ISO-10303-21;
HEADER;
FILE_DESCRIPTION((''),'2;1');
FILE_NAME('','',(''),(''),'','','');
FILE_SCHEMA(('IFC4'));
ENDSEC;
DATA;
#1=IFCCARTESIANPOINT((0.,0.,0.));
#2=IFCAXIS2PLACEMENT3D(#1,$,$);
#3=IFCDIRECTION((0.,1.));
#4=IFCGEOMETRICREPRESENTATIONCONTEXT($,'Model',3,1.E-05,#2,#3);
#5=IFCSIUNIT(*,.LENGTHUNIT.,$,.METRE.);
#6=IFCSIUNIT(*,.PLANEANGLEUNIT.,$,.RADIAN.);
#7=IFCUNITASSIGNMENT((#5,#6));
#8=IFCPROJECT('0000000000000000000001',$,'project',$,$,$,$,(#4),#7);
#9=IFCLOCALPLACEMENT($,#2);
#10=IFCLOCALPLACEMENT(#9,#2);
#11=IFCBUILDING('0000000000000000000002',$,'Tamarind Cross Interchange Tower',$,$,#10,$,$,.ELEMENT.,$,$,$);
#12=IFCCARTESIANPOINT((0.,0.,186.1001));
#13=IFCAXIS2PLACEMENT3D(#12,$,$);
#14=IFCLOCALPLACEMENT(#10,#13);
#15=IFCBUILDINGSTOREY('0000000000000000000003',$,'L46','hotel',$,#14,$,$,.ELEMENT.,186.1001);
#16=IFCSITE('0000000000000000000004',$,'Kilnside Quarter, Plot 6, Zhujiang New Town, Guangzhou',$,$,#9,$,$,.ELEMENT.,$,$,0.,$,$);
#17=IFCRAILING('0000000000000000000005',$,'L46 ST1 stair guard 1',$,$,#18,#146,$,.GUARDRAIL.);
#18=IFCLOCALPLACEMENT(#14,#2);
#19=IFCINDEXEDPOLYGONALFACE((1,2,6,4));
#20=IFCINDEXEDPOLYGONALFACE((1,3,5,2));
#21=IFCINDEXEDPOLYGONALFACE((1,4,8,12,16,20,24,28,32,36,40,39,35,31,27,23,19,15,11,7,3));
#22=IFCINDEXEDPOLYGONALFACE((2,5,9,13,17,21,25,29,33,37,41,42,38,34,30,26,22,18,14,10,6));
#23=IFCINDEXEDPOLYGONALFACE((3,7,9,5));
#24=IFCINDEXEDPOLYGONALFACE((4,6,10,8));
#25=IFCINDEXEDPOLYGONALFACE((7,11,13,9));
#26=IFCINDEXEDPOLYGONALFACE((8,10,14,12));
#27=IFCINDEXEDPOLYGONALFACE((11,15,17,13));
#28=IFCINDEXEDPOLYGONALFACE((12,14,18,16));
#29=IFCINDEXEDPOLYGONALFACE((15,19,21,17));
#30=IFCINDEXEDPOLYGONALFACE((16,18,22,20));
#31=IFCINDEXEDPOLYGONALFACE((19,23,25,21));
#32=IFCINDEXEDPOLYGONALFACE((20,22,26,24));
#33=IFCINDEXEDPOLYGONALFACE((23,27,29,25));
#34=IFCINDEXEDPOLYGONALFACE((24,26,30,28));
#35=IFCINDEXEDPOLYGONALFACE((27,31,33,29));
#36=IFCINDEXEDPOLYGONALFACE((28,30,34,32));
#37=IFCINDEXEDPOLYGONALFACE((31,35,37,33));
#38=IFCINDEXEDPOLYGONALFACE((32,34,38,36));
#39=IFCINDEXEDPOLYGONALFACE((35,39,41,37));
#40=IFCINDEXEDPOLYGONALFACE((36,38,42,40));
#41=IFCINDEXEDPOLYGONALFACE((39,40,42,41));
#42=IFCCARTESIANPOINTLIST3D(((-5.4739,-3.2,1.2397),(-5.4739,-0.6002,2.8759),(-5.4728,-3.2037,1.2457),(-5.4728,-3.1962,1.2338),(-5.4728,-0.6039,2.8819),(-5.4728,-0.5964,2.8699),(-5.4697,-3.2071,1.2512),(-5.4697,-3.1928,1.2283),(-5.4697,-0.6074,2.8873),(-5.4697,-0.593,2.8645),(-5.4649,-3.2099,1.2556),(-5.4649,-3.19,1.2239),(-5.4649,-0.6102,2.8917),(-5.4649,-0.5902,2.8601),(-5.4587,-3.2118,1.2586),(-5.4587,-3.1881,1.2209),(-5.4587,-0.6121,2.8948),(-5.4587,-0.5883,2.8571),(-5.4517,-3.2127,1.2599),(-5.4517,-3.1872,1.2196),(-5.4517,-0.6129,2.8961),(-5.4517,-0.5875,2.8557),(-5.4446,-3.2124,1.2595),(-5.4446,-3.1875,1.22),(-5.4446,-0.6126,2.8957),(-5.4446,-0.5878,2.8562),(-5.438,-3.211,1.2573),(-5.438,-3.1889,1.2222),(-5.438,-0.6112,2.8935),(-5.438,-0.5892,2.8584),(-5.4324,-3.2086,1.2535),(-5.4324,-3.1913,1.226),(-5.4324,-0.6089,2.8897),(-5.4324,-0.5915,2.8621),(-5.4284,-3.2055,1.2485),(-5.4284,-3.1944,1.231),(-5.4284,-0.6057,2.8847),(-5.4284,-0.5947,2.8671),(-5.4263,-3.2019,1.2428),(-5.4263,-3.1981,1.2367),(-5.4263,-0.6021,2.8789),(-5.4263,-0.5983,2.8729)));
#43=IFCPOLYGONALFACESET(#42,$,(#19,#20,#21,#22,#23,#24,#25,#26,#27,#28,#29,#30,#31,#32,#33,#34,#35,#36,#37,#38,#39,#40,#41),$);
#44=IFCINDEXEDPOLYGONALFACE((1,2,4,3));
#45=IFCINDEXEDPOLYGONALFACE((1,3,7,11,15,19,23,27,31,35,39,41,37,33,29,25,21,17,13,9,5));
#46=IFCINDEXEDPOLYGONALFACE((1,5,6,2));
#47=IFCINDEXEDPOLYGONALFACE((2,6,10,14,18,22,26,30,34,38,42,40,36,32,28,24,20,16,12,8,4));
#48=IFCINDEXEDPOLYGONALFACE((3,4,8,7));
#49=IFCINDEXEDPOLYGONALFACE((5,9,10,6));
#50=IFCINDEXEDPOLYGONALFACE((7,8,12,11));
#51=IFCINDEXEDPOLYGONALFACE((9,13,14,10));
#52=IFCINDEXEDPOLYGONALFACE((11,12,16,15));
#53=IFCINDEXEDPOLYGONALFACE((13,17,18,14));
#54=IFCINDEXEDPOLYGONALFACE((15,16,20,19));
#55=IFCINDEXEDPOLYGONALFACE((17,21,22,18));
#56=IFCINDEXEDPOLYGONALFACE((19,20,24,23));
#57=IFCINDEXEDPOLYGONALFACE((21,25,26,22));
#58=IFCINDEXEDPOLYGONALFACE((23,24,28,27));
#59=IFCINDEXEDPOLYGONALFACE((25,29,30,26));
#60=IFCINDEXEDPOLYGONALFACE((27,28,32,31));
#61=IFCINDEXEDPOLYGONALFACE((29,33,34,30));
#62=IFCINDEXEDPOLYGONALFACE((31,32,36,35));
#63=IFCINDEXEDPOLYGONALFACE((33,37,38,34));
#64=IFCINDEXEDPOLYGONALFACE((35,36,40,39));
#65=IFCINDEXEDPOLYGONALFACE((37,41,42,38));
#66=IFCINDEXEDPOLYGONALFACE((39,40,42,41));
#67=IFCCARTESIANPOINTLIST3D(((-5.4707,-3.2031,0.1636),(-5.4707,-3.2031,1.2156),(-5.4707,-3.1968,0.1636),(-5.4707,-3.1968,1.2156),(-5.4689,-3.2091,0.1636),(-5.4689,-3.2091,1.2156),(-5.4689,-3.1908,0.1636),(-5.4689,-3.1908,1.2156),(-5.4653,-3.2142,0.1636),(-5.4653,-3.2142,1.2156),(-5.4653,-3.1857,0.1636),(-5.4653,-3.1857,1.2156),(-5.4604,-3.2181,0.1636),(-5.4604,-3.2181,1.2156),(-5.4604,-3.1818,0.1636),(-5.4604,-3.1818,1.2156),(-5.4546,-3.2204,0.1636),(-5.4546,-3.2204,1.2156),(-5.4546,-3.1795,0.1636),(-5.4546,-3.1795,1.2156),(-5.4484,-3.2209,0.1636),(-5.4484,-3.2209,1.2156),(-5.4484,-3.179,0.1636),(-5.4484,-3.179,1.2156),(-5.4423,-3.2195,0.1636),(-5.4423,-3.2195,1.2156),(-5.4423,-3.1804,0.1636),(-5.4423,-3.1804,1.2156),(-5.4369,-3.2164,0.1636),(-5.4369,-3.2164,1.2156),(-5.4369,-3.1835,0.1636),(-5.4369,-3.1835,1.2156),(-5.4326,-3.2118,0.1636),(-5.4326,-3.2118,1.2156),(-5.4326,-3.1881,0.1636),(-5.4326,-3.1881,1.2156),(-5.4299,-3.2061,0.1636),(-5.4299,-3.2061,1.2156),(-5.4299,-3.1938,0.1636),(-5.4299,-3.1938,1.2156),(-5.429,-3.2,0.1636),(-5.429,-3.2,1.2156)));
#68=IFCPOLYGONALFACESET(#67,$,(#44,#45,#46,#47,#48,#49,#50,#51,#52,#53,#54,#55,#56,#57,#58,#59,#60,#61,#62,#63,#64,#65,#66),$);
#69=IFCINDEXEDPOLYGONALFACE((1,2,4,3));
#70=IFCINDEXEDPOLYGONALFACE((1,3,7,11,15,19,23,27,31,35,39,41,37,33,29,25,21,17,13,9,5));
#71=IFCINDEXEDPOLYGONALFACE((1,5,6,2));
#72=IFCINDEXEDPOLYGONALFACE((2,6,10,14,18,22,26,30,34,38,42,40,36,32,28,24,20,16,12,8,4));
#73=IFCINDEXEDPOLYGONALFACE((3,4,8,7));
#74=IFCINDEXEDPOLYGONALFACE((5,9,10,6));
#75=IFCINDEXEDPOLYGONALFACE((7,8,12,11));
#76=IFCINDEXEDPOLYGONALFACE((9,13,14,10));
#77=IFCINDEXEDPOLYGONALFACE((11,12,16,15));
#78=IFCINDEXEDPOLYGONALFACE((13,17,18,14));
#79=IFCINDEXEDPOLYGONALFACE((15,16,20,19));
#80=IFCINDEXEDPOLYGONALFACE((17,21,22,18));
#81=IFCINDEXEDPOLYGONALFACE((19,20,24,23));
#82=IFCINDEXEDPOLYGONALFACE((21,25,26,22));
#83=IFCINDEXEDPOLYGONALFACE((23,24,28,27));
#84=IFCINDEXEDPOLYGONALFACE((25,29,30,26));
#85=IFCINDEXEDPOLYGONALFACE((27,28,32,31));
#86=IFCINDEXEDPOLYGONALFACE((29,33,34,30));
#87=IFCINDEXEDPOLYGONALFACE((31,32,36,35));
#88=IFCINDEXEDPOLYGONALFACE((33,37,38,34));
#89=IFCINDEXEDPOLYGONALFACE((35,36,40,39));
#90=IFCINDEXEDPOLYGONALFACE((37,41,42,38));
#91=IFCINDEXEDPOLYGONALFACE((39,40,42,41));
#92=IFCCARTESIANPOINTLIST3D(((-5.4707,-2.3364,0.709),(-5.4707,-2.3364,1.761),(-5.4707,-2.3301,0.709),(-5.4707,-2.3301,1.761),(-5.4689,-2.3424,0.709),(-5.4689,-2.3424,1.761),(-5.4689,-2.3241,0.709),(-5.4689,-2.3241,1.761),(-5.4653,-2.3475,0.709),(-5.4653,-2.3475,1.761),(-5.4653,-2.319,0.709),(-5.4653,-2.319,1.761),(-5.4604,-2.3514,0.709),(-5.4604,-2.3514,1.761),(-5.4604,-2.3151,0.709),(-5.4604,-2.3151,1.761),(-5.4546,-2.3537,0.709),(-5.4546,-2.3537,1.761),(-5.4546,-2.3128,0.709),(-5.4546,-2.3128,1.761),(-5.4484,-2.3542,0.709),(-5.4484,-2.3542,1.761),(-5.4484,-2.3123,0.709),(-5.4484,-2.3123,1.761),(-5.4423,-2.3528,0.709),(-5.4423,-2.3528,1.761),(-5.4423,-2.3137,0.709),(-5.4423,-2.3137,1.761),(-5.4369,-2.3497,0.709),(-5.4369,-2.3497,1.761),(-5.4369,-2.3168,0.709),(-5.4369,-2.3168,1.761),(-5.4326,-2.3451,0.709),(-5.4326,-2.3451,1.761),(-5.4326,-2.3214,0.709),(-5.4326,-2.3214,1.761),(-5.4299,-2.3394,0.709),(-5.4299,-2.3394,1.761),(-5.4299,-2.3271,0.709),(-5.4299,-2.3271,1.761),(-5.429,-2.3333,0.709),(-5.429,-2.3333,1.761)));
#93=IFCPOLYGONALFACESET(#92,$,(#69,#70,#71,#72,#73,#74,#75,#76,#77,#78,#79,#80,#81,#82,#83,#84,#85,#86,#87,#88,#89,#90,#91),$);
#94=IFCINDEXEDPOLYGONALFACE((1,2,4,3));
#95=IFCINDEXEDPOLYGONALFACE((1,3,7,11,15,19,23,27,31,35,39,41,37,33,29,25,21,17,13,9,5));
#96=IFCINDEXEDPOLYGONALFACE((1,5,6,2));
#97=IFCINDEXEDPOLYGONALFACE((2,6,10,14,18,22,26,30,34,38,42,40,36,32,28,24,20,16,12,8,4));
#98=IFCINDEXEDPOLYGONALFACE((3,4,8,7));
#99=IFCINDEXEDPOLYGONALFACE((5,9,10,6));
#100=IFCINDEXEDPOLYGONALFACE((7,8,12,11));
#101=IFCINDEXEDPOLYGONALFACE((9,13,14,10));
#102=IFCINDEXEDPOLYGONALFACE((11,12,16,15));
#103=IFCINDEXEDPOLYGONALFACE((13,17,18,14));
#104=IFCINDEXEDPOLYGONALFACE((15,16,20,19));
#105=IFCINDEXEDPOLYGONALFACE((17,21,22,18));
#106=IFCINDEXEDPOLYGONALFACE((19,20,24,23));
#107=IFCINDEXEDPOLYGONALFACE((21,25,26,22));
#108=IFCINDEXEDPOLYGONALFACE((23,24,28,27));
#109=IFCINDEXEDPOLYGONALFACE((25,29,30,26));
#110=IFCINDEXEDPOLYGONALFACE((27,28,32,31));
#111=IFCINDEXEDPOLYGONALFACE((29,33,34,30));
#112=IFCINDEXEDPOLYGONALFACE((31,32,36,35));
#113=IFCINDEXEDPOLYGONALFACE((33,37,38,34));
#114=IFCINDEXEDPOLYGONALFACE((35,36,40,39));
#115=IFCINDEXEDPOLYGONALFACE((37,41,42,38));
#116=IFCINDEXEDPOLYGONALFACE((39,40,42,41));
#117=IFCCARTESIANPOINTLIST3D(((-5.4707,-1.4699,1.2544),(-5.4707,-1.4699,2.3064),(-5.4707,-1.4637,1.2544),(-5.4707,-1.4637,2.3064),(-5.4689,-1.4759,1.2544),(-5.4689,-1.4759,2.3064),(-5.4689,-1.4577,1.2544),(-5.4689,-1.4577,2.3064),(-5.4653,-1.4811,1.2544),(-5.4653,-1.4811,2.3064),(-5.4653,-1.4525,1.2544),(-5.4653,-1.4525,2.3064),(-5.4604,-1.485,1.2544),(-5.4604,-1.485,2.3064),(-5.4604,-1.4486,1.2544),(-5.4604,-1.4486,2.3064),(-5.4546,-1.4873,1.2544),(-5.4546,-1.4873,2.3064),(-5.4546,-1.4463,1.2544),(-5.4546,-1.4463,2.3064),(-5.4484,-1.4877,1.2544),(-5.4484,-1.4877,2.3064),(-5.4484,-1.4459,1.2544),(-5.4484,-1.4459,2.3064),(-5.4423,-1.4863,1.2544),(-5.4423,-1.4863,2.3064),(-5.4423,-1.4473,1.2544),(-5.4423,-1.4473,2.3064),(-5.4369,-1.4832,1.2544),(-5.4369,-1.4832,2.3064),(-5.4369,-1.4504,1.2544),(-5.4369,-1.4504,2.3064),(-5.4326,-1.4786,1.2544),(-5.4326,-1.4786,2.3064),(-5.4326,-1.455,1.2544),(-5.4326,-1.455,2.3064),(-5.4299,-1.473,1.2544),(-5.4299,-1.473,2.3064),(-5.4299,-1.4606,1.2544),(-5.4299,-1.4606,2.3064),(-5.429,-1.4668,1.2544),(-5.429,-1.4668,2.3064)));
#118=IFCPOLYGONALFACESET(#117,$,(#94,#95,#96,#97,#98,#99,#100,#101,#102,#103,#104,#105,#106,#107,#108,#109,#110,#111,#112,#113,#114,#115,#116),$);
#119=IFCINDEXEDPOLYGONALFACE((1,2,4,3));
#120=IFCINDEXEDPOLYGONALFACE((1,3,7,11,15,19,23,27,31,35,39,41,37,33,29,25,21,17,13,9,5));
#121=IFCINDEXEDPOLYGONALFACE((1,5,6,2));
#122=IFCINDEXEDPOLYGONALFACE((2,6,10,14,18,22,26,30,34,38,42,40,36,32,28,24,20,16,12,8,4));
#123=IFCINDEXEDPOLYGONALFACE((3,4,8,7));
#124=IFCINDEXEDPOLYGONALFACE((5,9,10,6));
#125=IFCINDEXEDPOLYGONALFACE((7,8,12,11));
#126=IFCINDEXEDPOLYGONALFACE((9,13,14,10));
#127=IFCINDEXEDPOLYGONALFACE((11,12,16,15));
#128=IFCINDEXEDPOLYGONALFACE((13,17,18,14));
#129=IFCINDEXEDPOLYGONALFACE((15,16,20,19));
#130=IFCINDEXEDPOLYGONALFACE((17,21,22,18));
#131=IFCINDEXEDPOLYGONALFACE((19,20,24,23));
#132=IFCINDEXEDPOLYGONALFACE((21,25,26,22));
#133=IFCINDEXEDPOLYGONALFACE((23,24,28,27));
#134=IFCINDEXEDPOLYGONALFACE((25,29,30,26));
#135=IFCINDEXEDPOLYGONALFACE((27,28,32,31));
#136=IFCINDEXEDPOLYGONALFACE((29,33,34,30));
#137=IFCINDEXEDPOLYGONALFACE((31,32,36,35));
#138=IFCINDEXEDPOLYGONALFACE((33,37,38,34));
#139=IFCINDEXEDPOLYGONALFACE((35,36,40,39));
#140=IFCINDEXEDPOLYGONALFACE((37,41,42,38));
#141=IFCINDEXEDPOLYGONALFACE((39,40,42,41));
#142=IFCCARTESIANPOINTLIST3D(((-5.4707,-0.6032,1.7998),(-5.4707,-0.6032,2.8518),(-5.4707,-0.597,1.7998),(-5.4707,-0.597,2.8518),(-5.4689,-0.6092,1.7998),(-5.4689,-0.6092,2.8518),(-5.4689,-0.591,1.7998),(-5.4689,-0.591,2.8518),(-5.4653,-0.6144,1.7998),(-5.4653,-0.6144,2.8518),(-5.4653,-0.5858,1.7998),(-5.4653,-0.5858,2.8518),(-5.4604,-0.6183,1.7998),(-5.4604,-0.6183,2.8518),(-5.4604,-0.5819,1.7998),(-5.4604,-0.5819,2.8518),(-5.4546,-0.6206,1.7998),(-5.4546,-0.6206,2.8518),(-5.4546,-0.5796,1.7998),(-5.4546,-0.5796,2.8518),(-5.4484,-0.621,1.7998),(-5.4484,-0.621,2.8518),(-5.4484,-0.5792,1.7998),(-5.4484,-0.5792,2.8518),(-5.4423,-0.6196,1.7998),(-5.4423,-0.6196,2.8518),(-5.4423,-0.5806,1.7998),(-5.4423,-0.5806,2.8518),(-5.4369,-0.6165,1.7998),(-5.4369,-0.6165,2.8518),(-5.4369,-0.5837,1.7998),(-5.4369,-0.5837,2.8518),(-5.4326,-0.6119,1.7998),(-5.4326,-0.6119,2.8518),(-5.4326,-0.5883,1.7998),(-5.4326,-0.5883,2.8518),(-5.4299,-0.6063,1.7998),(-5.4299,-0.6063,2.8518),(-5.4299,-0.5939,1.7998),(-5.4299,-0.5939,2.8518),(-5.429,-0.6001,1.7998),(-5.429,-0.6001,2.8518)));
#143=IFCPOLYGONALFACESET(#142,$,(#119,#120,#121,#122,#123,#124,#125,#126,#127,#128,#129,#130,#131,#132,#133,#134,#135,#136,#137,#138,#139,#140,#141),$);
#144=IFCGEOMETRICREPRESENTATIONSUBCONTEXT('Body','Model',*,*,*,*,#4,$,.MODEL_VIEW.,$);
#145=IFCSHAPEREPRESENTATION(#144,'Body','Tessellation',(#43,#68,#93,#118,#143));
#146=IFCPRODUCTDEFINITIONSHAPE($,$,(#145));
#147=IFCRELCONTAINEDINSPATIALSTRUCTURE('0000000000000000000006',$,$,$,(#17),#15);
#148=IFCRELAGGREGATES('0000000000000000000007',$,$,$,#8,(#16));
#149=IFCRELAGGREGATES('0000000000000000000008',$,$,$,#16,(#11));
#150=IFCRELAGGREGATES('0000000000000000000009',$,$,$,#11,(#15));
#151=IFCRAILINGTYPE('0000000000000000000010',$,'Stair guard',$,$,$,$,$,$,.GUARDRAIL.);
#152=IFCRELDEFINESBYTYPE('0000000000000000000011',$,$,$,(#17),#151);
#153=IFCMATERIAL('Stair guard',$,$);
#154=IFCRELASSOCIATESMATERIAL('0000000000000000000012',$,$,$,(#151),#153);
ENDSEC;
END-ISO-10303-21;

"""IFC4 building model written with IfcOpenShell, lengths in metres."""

from ifc_helpers import new_model, si_unit, direction, frame, origin, origin_2d, place, context, subcontext, project, spatial, circle, extrude, material, type_object, element, save


model = new_model("IFC4")

# Units and contexts
model_context = context("Model", 3, precision=1e-05, world=origin(), true_north=direction((0.0, 1.0)))
body_context = subcontext(model_context, "Body", "Model", "MODEL_VIEW")
ifc_project = project(units=[si_unit("LENGTHUNIT", "METRE"), si_unit("PLANEANGLEUNIT", "RADIAN")], contexts=[model_context])

# Site, building, storey
site_placement = place(None, origin())
site = spatial("IfcSite", under=ifc_project, at=site_placement, Name="Kilnside Quarter, Plot 6, Zhujiang New Town, Guangzhou", CompositionType="ELEMENT", RefElevation=0.0)
building_placement = place(site_placement, origin())
building = spatial("IfcBuilding", under=site, at=building_placement, Name="Tamarind Cross Interchange Tower", CompositionType="ELEMENT")
storey_placement = place(building_placement, frame((0.0, 0.0, 186.1001)))
storey = spatial("IfcBuildingStorey", under=building, at=storey_placement, Name="L46", Description="hotel", CompositionType="ELEMENT", Elevation=186.1001)

# Railing
ifc_material_1 = material(Name="Stair guard")
railing_type_1 = type_object("IfcRailingType", Name="Stair guard", PredefinedType="GUARDRAIL", material=ifc_material_1)
railing_1_placement = place(storey_placement, frame((-5.45, -3.2, 0.1636)))
element("IfcRailing", 1, at=railing_1_placement, inside=storey, type_object=railing_type_1, Name="L46 ST1 stair guard 1", PredefinedType="GUARDRAIL", context=body_context, shape_type="SweptSolid", body=[
    extrude(circle(Radius=0.0239, at=origin_2d()), frame((0.0, 0.0, 1.0762), z_axis=(0.0, 0.846338, 0.532647), x_axis=(-1.0, 0.0, 0.0)), (0.0, 0.0, 1.0), 3.0718),
    extrude(circle(Radius=0.021, at=origin_2d()), origin(), (0.0, 0.0, 1.0), 1.052),
    extrude(circle(Radius=0.021, at=origin_2d()), frame((0.0, 0.8667, 0.5454)), (0.0, 0.0, 1.0), 1.052),
    extrude(circle(Radius=0.021, at=origin_2d()), frame((0.0, 1.7332, 1.0908)), (0.0, 0.0, 1.0), 1.052),
    extrude(circle(Radius=0.021, at=origin_2d()), frame((0.0, 2.5999, 1.6362)), (0.0, 0.0, 1.0), 1.052),
])

save(model, "model.ifc")
